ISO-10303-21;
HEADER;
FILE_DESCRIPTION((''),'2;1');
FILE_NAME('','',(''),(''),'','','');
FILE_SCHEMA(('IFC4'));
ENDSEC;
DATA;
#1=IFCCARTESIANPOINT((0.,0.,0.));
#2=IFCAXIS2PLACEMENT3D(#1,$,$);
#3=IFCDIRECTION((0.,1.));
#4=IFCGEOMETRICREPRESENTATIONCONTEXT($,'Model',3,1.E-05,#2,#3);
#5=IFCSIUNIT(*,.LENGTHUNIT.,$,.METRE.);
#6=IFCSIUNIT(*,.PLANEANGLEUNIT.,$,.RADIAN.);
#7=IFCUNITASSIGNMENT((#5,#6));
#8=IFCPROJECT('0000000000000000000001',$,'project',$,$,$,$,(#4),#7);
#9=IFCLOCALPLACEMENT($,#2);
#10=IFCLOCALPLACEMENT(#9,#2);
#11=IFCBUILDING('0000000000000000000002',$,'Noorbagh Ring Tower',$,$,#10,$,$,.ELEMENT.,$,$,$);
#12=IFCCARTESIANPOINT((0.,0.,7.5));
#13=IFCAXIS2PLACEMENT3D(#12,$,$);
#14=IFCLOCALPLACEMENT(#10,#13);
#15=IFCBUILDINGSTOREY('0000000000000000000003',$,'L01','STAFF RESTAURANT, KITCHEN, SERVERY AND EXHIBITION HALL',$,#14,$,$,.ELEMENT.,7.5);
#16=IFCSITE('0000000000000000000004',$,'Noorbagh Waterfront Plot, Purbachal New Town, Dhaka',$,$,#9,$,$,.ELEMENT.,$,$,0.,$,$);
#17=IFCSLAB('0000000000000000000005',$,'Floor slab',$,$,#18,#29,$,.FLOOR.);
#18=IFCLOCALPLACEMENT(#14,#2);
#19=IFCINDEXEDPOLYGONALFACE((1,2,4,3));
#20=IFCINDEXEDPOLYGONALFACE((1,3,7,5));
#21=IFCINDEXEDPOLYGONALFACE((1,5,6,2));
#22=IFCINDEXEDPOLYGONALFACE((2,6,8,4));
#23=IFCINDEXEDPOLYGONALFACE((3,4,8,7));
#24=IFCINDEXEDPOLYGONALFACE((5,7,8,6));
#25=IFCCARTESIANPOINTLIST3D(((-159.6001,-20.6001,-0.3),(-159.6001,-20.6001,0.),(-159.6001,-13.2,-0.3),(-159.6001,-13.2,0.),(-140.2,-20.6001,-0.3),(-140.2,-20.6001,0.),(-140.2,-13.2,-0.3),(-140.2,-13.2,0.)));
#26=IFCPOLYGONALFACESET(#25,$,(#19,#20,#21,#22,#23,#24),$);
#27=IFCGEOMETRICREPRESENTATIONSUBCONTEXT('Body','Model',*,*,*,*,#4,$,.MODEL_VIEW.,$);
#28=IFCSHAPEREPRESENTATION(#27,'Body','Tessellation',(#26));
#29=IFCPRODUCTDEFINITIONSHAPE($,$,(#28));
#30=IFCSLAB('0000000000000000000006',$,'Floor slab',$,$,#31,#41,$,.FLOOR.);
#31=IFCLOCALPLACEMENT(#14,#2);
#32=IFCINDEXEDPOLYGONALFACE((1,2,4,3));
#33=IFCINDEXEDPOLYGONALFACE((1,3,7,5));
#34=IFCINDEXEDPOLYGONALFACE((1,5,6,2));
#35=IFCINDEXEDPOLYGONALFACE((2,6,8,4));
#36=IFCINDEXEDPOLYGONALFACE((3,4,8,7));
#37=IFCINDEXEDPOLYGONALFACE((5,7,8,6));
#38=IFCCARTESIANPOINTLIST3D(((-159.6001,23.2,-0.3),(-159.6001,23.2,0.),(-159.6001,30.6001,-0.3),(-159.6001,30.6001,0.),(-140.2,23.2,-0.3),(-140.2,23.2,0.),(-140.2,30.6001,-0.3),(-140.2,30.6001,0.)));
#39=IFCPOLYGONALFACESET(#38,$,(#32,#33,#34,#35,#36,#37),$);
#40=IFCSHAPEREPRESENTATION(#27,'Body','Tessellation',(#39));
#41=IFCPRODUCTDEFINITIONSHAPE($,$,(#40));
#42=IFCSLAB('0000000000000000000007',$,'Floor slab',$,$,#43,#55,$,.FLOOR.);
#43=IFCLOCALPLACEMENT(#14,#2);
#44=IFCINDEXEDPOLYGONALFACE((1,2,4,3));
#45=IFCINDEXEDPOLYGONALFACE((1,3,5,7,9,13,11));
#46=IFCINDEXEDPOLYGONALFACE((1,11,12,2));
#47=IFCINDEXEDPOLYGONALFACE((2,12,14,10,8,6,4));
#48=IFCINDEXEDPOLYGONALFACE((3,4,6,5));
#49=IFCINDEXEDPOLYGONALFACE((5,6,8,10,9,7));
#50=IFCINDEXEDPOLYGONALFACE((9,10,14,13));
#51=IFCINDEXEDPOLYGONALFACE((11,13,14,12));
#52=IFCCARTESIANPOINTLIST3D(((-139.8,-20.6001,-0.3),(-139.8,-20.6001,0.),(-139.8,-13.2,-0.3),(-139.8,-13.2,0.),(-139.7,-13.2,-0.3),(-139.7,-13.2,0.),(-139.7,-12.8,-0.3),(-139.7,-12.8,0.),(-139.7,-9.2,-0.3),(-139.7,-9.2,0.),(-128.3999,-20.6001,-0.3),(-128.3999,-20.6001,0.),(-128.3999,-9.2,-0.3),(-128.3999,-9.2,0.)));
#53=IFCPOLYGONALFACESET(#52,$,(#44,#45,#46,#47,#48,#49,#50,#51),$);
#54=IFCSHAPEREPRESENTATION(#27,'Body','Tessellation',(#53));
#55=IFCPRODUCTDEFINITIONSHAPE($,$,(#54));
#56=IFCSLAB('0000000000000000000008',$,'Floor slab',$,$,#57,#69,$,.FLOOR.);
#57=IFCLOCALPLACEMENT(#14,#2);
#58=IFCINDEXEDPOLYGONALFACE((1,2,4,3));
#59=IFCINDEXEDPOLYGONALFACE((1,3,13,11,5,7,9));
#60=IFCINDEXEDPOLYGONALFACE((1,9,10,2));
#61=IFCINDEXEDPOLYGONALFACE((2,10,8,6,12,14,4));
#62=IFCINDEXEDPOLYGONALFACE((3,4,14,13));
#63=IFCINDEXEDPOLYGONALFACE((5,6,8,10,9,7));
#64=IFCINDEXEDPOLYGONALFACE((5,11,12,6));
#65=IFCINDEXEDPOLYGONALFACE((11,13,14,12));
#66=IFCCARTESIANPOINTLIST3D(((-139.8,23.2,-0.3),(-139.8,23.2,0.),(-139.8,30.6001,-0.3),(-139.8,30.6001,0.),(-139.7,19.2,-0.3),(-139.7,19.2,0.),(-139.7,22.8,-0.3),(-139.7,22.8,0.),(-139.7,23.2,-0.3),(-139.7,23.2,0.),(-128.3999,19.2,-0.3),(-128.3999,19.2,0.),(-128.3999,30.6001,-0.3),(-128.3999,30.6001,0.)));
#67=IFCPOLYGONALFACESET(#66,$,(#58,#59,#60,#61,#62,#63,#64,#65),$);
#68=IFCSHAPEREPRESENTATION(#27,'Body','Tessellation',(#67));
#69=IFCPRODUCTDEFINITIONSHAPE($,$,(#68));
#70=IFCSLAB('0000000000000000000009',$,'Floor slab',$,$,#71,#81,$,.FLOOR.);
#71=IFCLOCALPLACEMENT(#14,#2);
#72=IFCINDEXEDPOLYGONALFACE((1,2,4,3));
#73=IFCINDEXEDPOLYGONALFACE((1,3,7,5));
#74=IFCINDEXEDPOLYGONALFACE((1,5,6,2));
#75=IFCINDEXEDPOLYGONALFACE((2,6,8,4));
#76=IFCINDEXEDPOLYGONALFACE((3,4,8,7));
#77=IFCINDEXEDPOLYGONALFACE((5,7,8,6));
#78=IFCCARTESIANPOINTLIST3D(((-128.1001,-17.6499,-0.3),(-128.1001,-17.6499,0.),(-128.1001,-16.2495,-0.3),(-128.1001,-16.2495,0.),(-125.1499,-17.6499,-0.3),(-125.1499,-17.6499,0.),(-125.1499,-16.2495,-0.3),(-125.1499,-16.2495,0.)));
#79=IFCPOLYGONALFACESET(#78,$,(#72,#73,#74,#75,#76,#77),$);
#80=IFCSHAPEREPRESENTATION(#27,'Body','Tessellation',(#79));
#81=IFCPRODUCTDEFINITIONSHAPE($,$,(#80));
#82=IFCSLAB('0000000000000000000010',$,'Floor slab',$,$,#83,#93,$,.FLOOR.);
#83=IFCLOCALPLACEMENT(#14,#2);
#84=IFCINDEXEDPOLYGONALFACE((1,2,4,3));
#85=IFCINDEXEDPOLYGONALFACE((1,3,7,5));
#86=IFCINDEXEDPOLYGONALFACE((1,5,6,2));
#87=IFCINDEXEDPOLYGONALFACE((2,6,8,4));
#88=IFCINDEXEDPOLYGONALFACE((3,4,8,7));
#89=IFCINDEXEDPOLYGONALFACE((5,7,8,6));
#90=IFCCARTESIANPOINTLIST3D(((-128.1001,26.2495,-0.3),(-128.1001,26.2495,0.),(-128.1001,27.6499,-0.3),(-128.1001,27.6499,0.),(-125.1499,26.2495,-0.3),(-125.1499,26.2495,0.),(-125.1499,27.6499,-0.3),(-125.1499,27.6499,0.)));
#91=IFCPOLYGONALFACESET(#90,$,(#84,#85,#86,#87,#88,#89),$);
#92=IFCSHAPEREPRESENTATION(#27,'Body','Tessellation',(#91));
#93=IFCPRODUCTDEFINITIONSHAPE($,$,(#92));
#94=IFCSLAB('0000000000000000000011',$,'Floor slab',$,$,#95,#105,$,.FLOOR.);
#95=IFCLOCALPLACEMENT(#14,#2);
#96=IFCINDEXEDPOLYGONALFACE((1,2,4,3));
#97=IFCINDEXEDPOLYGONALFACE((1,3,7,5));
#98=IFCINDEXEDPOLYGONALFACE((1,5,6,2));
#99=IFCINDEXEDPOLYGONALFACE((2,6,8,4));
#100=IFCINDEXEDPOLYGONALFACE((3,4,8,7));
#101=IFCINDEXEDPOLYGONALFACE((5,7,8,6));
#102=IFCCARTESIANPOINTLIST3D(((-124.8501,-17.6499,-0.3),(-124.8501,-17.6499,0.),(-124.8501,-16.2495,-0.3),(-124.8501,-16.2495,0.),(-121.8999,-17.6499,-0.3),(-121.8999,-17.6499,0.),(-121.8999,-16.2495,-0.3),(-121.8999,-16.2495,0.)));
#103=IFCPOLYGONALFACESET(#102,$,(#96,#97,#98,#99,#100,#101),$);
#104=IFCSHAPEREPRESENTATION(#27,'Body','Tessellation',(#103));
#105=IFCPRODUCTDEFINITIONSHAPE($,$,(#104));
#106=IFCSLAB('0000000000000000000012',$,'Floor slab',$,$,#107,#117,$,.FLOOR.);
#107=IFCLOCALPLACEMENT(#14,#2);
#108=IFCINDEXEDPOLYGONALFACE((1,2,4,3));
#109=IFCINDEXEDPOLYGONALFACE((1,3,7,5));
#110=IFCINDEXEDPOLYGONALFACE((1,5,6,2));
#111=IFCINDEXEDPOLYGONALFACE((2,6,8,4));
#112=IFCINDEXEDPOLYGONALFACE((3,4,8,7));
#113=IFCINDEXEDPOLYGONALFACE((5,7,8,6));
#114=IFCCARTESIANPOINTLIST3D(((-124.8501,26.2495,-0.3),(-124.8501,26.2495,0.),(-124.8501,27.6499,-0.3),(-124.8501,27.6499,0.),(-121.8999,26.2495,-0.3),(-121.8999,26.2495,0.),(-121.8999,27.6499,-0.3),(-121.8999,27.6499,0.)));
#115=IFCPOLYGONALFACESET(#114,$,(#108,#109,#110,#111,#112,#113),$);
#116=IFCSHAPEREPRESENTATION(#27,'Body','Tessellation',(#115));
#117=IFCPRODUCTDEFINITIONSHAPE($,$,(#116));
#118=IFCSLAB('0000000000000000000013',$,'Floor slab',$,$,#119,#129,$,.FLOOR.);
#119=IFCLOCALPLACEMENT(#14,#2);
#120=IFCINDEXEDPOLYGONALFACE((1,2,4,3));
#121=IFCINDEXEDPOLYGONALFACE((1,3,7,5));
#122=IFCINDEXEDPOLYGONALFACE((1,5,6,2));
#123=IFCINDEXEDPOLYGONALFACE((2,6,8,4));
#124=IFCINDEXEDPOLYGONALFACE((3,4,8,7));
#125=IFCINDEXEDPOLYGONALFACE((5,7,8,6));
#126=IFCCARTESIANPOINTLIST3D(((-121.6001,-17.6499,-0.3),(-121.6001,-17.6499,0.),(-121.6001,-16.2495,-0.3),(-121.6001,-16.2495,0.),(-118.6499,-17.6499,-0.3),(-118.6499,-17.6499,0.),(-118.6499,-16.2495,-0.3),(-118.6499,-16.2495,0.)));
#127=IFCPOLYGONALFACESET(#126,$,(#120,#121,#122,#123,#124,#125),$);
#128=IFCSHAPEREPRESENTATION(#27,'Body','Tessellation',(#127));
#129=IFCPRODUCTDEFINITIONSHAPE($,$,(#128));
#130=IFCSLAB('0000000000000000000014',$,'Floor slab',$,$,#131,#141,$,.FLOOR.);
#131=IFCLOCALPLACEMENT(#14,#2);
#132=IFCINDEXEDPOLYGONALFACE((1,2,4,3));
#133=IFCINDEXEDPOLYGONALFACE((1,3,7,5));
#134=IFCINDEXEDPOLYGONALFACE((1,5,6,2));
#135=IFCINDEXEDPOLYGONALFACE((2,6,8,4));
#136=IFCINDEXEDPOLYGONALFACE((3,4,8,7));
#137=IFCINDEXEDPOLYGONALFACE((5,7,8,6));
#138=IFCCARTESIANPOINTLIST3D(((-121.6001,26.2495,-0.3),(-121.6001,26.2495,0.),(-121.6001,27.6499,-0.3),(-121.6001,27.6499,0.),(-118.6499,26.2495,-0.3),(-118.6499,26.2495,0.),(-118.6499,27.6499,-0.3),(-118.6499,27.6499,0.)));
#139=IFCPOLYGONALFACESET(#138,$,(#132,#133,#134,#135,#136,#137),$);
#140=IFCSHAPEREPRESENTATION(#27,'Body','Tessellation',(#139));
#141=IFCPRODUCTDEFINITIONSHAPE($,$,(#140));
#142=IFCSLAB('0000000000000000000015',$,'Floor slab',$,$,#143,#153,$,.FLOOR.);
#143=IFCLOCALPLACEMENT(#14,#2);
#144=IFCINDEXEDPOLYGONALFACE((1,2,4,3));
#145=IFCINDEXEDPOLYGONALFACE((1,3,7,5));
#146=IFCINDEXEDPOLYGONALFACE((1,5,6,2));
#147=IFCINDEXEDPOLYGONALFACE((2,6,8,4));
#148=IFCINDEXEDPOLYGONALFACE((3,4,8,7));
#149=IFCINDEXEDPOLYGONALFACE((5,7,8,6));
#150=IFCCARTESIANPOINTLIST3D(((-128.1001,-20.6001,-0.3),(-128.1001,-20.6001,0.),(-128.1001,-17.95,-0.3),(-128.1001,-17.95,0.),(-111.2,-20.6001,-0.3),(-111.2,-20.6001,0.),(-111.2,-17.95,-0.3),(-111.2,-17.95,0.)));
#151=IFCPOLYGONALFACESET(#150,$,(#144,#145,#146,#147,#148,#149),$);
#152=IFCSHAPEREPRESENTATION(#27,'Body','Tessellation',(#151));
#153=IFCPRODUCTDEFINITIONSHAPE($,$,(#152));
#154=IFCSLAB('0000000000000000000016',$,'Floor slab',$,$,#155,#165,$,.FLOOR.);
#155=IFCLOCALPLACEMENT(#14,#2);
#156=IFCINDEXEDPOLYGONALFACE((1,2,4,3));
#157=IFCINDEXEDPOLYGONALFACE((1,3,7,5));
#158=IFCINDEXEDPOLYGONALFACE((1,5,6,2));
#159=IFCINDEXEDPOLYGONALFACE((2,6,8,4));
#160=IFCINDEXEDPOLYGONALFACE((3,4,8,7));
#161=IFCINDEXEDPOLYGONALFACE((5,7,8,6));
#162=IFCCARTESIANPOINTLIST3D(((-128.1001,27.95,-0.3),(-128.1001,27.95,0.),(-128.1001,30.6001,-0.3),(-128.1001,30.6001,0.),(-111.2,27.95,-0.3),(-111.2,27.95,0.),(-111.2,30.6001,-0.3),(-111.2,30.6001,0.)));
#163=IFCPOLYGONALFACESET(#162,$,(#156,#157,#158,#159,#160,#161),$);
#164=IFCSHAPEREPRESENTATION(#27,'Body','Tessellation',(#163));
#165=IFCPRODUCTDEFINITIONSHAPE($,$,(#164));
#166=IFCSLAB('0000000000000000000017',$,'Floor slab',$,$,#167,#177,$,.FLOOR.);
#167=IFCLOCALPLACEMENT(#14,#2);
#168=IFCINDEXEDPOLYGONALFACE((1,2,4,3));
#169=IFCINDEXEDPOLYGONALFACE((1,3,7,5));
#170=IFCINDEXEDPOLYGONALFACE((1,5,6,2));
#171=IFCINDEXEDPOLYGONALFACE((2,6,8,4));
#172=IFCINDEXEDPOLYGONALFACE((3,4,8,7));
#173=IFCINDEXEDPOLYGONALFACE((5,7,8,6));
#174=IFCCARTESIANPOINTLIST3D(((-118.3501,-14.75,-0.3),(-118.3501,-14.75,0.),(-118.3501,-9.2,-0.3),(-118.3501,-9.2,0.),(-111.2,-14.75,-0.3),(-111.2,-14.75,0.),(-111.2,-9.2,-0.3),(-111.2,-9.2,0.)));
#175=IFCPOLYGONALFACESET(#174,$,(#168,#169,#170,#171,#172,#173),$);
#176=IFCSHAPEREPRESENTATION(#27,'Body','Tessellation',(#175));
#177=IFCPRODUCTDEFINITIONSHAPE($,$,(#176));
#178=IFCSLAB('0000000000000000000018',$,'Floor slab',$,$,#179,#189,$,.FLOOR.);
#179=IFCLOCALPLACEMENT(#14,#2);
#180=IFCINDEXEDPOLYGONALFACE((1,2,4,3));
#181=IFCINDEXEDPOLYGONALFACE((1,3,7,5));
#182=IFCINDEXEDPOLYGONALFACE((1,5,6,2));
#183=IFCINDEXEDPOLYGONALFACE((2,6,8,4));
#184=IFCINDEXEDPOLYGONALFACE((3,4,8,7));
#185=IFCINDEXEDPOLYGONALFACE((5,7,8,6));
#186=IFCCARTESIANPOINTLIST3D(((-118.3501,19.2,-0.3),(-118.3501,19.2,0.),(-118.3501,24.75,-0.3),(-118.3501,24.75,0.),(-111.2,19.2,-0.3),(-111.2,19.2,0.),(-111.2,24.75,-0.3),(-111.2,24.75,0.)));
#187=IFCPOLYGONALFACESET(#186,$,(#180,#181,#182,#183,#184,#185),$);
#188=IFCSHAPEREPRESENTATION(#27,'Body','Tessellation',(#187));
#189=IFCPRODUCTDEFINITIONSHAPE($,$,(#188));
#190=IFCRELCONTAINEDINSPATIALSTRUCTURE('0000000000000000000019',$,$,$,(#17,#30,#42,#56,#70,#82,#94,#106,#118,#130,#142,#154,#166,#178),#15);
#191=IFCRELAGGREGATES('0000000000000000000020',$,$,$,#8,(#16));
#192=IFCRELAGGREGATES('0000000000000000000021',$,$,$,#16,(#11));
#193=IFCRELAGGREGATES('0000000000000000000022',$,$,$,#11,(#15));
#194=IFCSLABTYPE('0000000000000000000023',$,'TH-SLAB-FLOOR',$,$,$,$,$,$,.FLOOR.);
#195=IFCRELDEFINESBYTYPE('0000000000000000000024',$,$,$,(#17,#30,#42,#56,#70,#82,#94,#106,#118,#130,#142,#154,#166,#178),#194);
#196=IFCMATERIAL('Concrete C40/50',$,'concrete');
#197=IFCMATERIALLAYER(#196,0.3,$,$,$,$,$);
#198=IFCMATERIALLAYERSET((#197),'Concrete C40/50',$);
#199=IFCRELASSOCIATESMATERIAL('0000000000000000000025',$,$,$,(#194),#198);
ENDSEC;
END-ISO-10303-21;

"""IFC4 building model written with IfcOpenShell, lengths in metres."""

from ifc_helpers import new_model, si_unit, direction, frame, origin, place, context, subcontext, project, spatial, polyline, outline, extrude, material, layer, layer_set, type_object, element, save


model = new_model("IFC4")

# Units and contexts
model_context = context("Model", 3, precision=1e-05, world=origin(), true_north=direction((0.0, 1.0)))
body_context = subcontext(model_context, "Body", "Model", "MODEL_VIEW")
ifc_project = project(units=[si_unit("LENGTHUNIT", "METRE"), si_unit("PLANEANGLEUNIT", "RADIAN")], contexts=[model_context])

# Site, building, storey
site_placement = place(None, origin())
site = spatial("IfcSite", under=ifc_project, at=site_placement, Name="Noorbagh Waterfront Plot, Purbachal New Town, Dhaka", CompositionType="ELEMENT", RefElevation=0.0)
building_placement = place(site_placement, origin())
building = spatial("IfcBuilding", under=site, at=building_placement, Name="Noorbagh Ring Tower", CompositionType="ELEMENT")
storey_placement = place(building_placement, frame((0.0, 0.0, 7.5)))
storey = spatial("IfcBuildingStorey", under=building, at=storey_placement, Name="L01", Description="STAFF RESTAURANT, KITCHEN, SERVERY AND EXHIBITION HALL", CompositionType="ELEMENT", Elevation=7.5)

# Slabs
ifc_material_1 = material(Name="Concrete C40/50", Category="concrete")
ifc_layer = layer(ifc_material_1, 0.3)
ifc_layer_set = layer_set([ifc_layer], Name="Concrete C40/50")
slab_type = type_object("IfcSlabType", Name="TH-SLAB-FLOOR", PredefinedType="FLOOR", material=ifc_layer_set)
slab_1_placement = place(storey_placement, frame((0.0, 0.0, -0.3)))
element("IfcSlab", 1, at=slab_1_placement, inside=storey, type_object=slab_type, Name="Floor slab", PredefinedType="FLOOR", context=body_context, shape_type="SweptSolid", body=[
    extrude(outline(polyline([(-140.2, -20.6001), (-140.2, -13.2), (-159.6001, -13.2), (-159.6001, -20.6001), (-140.2, -20.6001)])), origin(), (0.0, 0.0, 1.0), 0.3),
])
slab_2_placement = place(storey_placement, frame((0.0, 0.0, -0.3)))
element("IfcSlab", 2, at=slab_2_placement, inside=storey, type_object=slab_type, Name="Floor slab", PredefinedType="FLOOR", context=body_context, shape_type="SweptSolid", body=[
    extrude(outline(polyline([(-159.6001, 30.6001), (-159.6001, 23.2), (-140.2, 23.2), (-140.2, 30.6001), (-159.6001, 30.6001)])), origin(), (0.0, 0.0, 1.0), 0.3),
])
slab_3_placement = place(storey_placement, frame((0.0, 0.0, -0.3)))
element("IfcSlab", 3, at=slab_3_placement, inside=storey, type_object=slab_type, Name="Floor slab", PredefinedType="FLOOR", context=body_context, shape_type="SweptSolid", body=[
    extrude(outline(polyline([(-128.3999, -20.6001), (-128.3999, -9.2), (-139.7, -9.2), (-139.7, -12.8), (-139.7, -13.2), (-139.8, -13.2), (-139.8, -20.6001), (-128.3999, -20.6001)])), origin(), (0.0, 0.0, 1.0), 0.3),
])
slab_4_placement = place(storey_placement, frame((0.0, 0.0, -0.3)))
element("IfcSlab", 4, at=slab_4_placement, inside=storey, type_object=slab_type, Name="Floor slab", PredefinedType="FLOOR", context=body_context, shape_type="SweptSolid", body=[
    extrude(outline(polyline([(-139.7, 19.2), (-128.3999, 19.2), (-128.3999, 30.6001), (-139.8, 30.6001), (-139.8, 23.2), (-139.7, 23.2), (-139.7, 22.8), (-139.7, 19.2)])), origin(), (0.0, 0.0, 1.0), 0.3),
])
slab_5_placement = place(storey_placement, frame((0.0, 0.0, -0.3)))
element("IfcSlab", 5, at=slab_5_placement, inside=storey, type_object=slab_type, Name="Floor slab", PredefinedType="FLOOR", context=body_context, shape_type="SweptSolid", body=[
    extrude(outline(polyline([(-125.1499, -17.6499), (-125.1499, -16.2495), (-128.1001, -16.2495), (-128.1001, -17.6499), (-125.1499, -17.6499)])), origin(), (0.0, 0.0, 1.0), 0.3),
])
slab_6_placement = place(storey_placement, frame((0.0, 0.0, -0.3)))
element("IfcSlab", 6, at=slab_6_placement, inside=storey, type_object=slab_type, Name="Floor slab", PredefinedType="FLOOR", context=body_context, shape_type="SweptSolid", body=[
    extrude(outline(polyline([(-125.1499, 27.6499), (-128.1001, 27.6499), (-128.1001, 26.2495), (-125.1499, 26.2495), (-125.1499, 27.6499)])), origin(), (0.0, 0.0, 1.0), 0.3),
])
slab_7_placement = place(storey_placement, frame((0.0, 0.0, -0.3)))
element("IfcSlab", 7, at=slab_7_placement, inside=storey, type_object=slab_type, Name="Floor slab", PredefinedType="FLOOR", context=body_context, shape_type="SweptSolid", body=[
    extrude(outline(polyline([(-121.8999, -17.6499), (-121.8999, -16.2495), (-124.8501, -16.2495), (-124.8501, -17.6499), (-121.8999, -17.6499)])), origin(), (0.0, 0.0, 1.0), 0.3),
])
slab_8_placement = place(storey_placement, frame((0.0, 0.0, -0.3)))
element("IfcSlab", 8, at=slab_8_placement, inside=storey, type_object=slab_type, Name="Floor slab", PredefinedType="FLOOR", context=body_context, shape_type="SweptSolid", body=[
    extrude(outline(polyline([(-121.8999, 27.6499), (-124.8501, 27.6499), (-124.8501, 26.2495), (-121.8999, 26.2495), (-121.8999, 27.6499)])), origin(), (0.0, 0.0, 1.0), 0.3),
])
slab_9_placement = place(storey_placement, frame((0.0, 0.0, -0.3)))
element("IfcSlab", 9, at=slab_9_placement, inside=storey, type_object=slab_type, Name="Floor slab", PredefinedType="FLOOR", context=body_context, shape_type="SweptSolid", body=[
    extrude(outline(polyline([(-118.6499, -16.2495), (-121.6001, -16.2495), (-121.6001, -17.6499), (-118.6499, -17.6499), (-118.6499, -16.2495)])), origin(), (0.0, 0.0, 1.0), 0.3),
])
slab_10_placement = place(storey_placement, frame((0.0, 0.0, -0.3)))
element("IfcSlab", 10, at=slab_10_placement, inside=storey, type_object=slab_type, Name="Floor slab", PredefinedType="FLOOR", context=body_context, shape_type="SweptSolid", body=[
    extrude(outline(polyline([(-121.6001, 27.6499), (-121.6001, 26.2495), (-118.6499, 26.2495), (-118.6499, 27.6499), (-121.6001, 27.6499)])), origin(), (0.0, 0.0, 1.0), 0.3),
])
slab_11_placement = place(storey_placement, frame((0.0, 0.0, -0.3)))
element("IfcSlab", 11, at=slab_11_placement, inside=storey, type_object=slab_type, Name="Floor slab", PredefinedType="FLOOR", context=body_context, shape_type="SweptSolid", body=[
    extrude(outline(polyline([(-111.2, -20.6001), (-111.2, -17.95), (-128.1001, -17.95), (-128.1001, -20.6001), (-111.2, -20.6001)])), origin(), (0.0, 0.0, 1.0), 0.3),
])
slab_12_placement = place(storey_placement, frame((0.0, 0.0, -0.3)))
element("IfcSlab", 12, at=slab_12_placement, inside=storey, type_object=slab_type, Name="Floor slab", PredefinedType="FLOOR", context=body_context, shape_type="SweptSolid", body=[
    extrude(outline(polyline([(-111.2, 27.95), (-111.2, 30.6001), (-128.1001, 30.6001), (-128.1001, 27.95), (-111.2, 27.95)])), origin(), (0.0, 0.0, 1.0), 0.3),
])
slab_13_placement = place(storey_placement, frame((0.0, 0.0, -0.3)))
element("IfcSlab", 13, at=slab_13_placement, inside=storey, type_object=slab_type, Name="Floor slab", PredefinedType="FLOOR", context=body_context, shape_type="SweptSolid", body=[
    extrude(outline(polyline([(-111.2, -14.75), (-111.2, -9.2), (-118.3501, -9.2), (-118.3501, -14.75), (-111.2, -14.75)])), origin(), (0.0, 0.0, 1.0), 0.3),
])
slab_14_placement = place(storey_placement, frame((0.0, 0.0, -0.3)))
element("IfcSlab", 14, at=slab_14_placement, inside=storey, type_object=slab_type, Name="Floor slab", PredefinedType="FLOOR", context=body_context, shape_type="SweptSolid", body=[
    extrude(outline(polyline([(-118.3501, 24.75), (-118.3501, 19.2), (-111.2, 19.2), (-111.2, 24.75), (-118.3501, 24.75)])), origin(), (0.0, 0.0, 1.0), 0.3),
])

save(model, "model.ifc")
